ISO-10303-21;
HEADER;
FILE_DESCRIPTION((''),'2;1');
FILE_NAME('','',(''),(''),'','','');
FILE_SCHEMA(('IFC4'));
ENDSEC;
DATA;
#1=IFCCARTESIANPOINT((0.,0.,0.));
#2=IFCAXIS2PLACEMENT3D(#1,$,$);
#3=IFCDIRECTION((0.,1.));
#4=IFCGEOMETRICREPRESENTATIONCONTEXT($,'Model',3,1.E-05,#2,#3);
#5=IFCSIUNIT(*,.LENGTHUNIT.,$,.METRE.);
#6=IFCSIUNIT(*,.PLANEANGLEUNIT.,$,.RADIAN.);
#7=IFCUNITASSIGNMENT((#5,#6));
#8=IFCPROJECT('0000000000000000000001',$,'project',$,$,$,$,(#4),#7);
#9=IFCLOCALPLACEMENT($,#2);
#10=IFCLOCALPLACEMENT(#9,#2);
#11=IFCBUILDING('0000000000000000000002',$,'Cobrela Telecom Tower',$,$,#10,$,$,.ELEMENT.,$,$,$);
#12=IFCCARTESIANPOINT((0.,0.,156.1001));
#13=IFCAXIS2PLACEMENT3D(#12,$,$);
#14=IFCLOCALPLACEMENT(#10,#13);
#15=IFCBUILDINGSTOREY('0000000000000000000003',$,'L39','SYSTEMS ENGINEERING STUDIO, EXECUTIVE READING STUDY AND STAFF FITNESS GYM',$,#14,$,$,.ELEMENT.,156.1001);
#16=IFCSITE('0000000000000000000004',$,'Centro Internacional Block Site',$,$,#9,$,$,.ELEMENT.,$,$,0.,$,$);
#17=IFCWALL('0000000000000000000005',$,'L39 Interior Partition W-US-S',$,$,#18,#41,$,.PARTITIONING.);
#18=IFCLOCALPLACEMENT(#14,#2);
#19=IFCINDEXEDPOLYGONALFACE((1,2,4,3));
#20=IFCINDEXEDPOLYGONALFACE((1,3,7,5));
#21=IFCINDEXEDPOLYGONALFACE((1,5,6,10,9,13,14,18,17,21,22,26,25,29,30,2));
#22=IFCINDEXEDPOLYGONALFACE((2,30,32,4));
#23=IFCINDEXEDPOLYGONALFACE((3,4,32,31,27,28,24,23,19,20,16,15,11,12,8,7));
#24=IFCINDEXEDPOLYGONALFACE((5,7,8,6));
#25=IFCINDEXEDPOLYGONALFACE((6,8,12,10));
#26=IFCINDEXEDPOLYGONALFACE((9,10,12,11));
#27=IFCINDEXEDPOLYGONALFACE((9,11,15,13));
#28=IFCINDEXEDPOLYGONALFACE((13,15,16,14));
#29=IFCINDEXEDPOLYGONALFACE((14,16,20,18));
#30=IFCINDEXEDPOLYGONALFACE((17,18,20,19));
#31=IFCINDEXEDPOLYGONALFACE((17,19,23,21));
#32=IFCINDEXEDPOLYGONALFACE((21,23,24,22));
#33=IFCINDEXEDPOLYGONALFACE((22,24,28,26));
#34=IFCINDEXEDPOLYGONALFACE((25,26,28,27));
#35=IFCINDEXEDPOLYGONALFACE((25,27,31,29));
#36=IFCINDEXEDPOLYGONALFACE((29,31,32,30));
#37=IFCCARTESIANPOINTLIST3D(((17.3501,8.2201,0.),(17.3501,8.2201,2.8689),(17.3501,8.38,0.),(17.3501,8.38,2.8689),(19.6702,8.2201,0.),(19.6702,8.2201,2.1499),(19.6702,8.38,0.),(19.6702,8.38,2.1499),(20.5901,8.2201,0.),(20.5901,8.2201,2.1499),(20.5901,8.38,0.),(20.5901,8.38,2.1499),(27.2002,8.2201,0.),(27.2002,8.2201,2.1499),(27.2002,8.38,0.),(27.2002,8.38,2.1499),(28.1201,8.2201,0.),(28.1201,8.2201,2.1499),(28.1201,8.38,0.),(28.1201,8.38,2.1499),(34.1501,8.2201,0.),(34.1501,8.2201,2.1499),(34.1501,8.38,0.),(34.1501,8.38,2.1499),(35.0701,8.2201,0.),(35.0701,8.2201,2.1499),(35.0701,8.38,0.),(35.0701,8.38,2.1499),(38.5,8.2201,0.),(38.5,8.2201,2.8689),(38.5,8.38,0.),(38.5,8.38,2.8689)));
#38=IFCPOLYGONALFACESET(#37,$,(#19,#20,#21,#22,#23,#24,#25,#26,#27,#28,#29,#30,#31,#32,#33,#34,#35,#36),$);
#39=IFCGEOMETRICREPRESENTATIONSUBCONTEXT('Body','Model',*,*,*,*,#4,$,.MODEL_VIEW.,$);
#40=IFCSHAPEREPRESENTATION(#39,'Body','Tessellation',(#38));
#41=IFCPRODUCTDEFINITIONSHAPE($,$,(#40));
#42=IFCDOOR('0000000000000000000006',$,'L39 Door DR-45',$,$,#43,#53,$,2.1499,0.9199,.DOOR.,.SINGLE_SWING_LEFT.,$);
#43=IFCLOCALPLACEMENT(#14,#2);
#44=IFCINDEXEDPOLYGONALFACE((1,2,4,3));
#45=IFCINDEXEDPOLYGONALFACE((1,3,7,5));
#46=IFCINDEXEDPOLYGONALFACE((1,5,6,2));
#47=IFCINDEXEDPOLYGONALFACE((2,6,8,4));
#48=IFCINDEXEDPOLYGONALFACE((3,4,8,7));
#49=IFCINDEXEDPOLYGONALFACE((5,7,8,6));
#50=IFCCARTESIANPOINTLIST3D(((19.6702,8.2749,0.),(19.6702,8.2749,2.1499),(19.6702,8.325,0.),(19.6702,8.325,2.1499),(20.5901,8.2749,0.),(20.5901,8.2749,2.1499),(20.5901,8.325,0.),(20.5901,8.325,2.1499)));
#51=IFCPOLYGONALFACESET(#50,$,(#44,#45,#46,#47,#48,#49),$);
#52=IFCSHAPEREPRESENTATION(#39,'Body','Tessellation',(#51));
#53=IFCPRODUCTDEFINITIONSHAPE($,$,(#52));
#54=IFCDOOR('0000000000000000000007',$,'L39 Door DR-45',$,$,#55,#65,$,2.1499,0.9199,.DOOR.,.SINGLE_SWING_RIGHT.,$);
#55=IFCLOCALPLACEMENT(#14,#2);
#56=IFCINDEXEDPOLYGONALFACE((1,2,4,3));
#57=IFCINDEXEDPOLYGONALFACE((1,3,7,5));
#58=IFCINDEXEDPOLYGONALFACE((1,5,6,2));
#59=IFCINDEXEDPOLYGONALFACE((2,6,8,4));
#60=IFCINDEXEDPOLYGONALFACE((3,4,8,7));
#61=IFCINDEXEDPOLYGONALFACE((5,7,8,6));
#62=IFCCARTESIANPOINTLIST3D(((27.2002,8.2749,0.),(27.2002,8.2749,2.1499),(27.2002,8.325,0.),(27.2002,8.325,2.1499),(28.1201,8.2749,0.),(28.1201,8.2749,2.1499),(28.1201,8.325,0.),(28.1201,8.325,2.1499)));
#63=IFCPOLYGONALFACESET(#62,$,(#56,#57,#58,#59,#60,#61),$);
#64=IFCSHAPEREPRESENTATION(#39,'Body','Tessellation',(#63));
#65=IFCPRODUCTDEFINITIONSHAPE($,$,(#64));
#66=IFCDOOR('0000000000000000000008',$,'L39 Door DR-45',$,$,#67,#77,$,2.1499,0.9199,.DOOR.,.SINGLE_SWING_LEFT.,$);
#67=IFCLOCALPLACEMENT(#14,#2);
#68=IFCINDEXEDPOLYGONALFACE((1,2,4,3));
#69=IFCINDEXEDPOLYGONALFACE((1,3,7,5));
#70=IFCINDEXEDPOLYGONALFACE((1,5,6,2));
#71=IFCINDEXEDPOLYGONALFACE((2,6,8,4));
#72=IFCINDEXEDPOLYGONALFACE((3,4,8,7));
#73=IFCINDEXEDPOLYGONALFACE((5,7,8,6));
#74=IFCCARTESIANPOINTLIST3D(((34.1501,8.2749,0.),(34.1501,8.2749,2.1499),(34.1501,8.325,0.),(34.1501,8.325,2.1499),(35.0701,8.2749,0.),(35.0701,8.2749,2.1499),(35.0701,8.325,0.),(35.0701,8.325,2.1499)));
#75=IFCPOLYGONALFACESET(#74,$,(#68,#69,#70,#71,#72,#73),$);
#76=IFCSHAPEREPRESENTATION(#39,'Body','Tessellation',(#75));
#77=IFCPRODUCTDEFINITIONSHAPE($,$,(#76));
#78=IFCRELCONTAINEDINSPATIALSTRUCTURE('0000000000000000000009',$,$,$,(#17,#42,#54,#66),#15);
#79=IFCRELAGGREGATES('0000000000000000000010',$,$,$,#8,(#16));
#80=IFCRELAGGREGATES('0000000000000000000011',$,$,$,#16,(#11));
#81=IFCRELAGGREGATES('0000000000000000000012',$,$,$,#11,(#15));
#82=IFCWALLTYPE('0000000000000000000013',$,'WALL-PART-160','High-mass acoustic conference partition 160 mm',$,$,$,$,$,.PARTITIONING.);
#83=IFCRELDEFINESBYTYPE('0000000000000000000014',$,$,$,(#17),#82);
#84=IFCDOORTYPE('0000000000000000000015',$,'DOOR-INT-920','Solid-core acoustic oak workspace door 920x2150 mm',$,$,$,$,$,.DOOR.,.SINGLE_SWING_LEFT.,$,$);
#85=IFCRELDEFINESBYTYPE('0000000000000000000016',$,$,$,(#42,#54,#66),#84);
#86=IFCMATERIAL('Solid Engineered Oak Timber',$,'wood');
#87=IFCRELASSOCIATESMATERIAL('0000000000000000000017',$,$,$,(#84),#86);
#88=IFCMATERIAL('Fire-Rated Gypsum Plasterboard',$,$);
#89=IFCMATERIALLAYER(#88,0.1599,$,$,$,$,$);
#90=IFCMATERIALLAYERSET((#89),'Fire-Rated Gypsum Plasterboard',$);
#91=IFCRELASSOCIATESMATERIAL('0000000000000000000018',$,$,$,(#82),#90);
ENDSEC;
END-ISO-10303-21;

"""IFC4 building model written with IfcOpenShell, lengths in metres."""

from ifc_helpers import new_model, si_unit, direction, frame, frame_2d, origin, place, context, subcontext, project, spatial, rectangle, extrude, material, layer, layer_set, type_object, element, fill, save


model = new_model("IFC4")

# Units and contexts
model_context = context("Model", 3, precision=1e-05, world=origin(), true_north=direction((0.0, 1.0)))
body_context = subcontext(model_context, "Body", "Model", "MODEL_VIEW")
ifc_project = project(units=[si_unit("LENGTHUNIT", "METRE"), si_unit("PLANEANGLEUNIT", "RADIAN")], contexts=[model_context])

# Site, building, storey
site_placement = place(None, origin())
site = spatial("IfcSite", under=ifc_project, at=site_placement, Name="Centro Internacional Block Site", CompositionType="ELEMENT", RefElevation=0.0)
building_placement = place(site_placement, origin())
building = spatial("IfcBuilding", under=site, at=building_placement, Name="Cobrela Telecom Tower", CompositionType="ELEMENT")
storey_placement = place(building_placement, frame((0.0, 0.0, 156.1001)))
storey = spatial("IfcBuildingStorey", under=building, at=storey_placement, Name="L39", Description="SYSTEMS ENGINEERING STUDIO, EXECUTIVE READING STUDY AND STAFF FITNESS GYM", CompositionType="ELEMENT", Elevation=156.1001)

# Shared definitions
ifc_material_1 = material(Name="Fire-Rated Gypsum Plasterboard")

# Shared definitions
ifc_material_2 = material(Name="Solid Engineered Oak Timber", Category="wood")
door_type_1 = type_object("IfcDoorType", Name="DOOR-INT-920", Description="Solid-core acoustic oak workspace door 920x2150 mm", OperationType="SINGLE_SWING_LEFT", PredefinedType="DOOR", material=ifc_material_2)

# Wall, openings, doors
ifc_layer_1 = layer(ifc_material_1, 0.1599)
ifc_layer_set_1 = layer_set([ifc_layer_1], Name="Fire-Rated Gypsum Plasterboard")
wall_type_1 = type_object("IfcWallType", Name="WALL-PART-160", Description="High-mass acoustic conference partition 160 mm", PredefinedType="PARTITIONING", material=ifc_layer_set_1)
wall_1_placement = place(storey_placement, frame((17.3501, 8.3, 0.0), z_axis=(0.0, 0.0, 1.0), x_axis=(1.0, 0.0, 0.0)))
wall_1 = element("IfcWall", 1, at=wall_1_placement, inside=storey, type_object=wall_type_1, Name="L39 Interior Partition W-US-S", PredefinedType="PARTITIONING", context=body_context, shape_type="SweptSolid", body=[
    extrude(rectangle(XDim=21.1499, YDim=0.1599, at=frame_2d((10.575, 0.0))), origin(), (0.0, 0.0, 1.0), 2.8689),
])
opening_1_placement = place(wall_1_placement, frame((2.3201, 0.0, 0.0)))
opening_1 = element("IfcOpeningElement", 2, at=opening_1_placement, cuts=wall_1, PredefinedType="OPENING", context=body_context, shape_type="SweptSolid", body=[
    extrude(rectangle(XDim=0.9199, YDim=2.1499, at=frame_2d((0.46, 1.075))), frame((0.0, 0.0918, 0.0), z_axis=(0.0, -1.0, 0.0), x_axis=(1.0, 0.0, 0.0)), (0.0, 0.0, 1.0), 0.1838),
])
opening_2_placement = place(wall_1_placement, frame((9.8501, 0.0, 0.0)))
opening_2 = element("IfcOpeningElement", 3, at=opening_2_placement, cuts=wall_1, PredefinedType="OPENING", context=body_context, shape_type="SweptSolid", body=[
    extrude(rectangle(XDim=0.9199, YDim=2.1499, at=frame_2d((0.46, 1.075))), frame((0.0, 0.0918, 0.0), z_axis=(0.0, -1.0, 0.0), x_axis=(1.0, 0.0, 0.0)), (0.0, 0.0, 1.0), 0.1838),
])
opening_3_placement = place(wall_1_placement, frame((16.8, 0.0, 0.0)))
opening_3 = element("IfcOpeningElement", 4, at=opening_3_placement, cuts=wall_1, PredefinedType="OPENING", context=body_context, shape_type="SweptSolid", body=[
    extrude(rectangle(XDim=0.9199, YDim=2.1499, at=frame_2d((0.46, 1.075))), frame((0.0, 0.0918, 0.0), z_axis=(0.0, -1.0, 0.0), x_axis=(1.0, 0.0, 0.0)), (0.0, 0.0, 1.0), 0.1838),
])
door_1_placement = place(opening_1_placement, origin())
door_1 = element("IfcDoor", 5, at=door_1_placement, inside=storey, type_object=door_type_1, Name="L39 Door DR-45", OperationType="SINGLE_SWING_LEFT", OverallHeight=2.1499, OverallWidth=0.9199, PredefinedType="DOOR", context=body_context, shape_type="SweptSolid", body=[
    extrude(rectangle(XDim=0.9199, YDim=2.1499, at=frame_2d((0.46, 1.075))), frame((0.0, 0.0249, 0.0), z_axis=(0.0, -1.0, 0.0), x_axis=(1.0, 0.0, 0.0)), (0.0, 0.0, 1.0), 0.05),
])
fill(opening_1, door_1)
door_2_placement = place(opening_2_placement, origin())
door_2 = element("IfcDoor", 6, at=door_2_placement, inside=storey, type_object=door_type_1, Name="L39 Door DR-45", OperationType="SINGLE_SWING_RIGHT", OverallHeight=2.1499, OverallWidth=0.9199, PredefinedType="DOOR", context=body_context, shape_type="SweptSolid", body=[
    extrude(rectangle(XDim=0.9199, YDim=2.1499, at=frame_2d((0.46, 1.075))), frame((0.0, 0.0249, 0.0), z_axis=(0.0, -1.0, 0.0), x_axis=(1.0, 0.0, 0.0)), (0.0, 0.0, 1.0), 0.05),
])
fill(opening_2, door_2)
door_3_placement = place(opening_3_placement, origin())
door_3 = element("IfcDoor", 7, at=door_3_placement, inside=storey, type_object=door_type_1, Name="L39 Door DR-45", OperationType="SINGLE_SWING_LEFT", OverallHeight=2.1499, OverallWidth=0.9199, PredefinedType="DOOR", context=body_context, shape_type="SweptSolid", body=[
    extrude(rectangle(XDim=0.9199, YDim=2.1499, at=frame_2d((0.46, 1.075))), frame((0.0, 0.0249, 0.0), z_axis=(0.0, -1.0, 0.0), x_axis=(1.0, 0.0, 0.0)), (0.0, 0.0, 1.0), 0.05),
])
fill(opening_3, door_3)

save(model, "model.ifc")
